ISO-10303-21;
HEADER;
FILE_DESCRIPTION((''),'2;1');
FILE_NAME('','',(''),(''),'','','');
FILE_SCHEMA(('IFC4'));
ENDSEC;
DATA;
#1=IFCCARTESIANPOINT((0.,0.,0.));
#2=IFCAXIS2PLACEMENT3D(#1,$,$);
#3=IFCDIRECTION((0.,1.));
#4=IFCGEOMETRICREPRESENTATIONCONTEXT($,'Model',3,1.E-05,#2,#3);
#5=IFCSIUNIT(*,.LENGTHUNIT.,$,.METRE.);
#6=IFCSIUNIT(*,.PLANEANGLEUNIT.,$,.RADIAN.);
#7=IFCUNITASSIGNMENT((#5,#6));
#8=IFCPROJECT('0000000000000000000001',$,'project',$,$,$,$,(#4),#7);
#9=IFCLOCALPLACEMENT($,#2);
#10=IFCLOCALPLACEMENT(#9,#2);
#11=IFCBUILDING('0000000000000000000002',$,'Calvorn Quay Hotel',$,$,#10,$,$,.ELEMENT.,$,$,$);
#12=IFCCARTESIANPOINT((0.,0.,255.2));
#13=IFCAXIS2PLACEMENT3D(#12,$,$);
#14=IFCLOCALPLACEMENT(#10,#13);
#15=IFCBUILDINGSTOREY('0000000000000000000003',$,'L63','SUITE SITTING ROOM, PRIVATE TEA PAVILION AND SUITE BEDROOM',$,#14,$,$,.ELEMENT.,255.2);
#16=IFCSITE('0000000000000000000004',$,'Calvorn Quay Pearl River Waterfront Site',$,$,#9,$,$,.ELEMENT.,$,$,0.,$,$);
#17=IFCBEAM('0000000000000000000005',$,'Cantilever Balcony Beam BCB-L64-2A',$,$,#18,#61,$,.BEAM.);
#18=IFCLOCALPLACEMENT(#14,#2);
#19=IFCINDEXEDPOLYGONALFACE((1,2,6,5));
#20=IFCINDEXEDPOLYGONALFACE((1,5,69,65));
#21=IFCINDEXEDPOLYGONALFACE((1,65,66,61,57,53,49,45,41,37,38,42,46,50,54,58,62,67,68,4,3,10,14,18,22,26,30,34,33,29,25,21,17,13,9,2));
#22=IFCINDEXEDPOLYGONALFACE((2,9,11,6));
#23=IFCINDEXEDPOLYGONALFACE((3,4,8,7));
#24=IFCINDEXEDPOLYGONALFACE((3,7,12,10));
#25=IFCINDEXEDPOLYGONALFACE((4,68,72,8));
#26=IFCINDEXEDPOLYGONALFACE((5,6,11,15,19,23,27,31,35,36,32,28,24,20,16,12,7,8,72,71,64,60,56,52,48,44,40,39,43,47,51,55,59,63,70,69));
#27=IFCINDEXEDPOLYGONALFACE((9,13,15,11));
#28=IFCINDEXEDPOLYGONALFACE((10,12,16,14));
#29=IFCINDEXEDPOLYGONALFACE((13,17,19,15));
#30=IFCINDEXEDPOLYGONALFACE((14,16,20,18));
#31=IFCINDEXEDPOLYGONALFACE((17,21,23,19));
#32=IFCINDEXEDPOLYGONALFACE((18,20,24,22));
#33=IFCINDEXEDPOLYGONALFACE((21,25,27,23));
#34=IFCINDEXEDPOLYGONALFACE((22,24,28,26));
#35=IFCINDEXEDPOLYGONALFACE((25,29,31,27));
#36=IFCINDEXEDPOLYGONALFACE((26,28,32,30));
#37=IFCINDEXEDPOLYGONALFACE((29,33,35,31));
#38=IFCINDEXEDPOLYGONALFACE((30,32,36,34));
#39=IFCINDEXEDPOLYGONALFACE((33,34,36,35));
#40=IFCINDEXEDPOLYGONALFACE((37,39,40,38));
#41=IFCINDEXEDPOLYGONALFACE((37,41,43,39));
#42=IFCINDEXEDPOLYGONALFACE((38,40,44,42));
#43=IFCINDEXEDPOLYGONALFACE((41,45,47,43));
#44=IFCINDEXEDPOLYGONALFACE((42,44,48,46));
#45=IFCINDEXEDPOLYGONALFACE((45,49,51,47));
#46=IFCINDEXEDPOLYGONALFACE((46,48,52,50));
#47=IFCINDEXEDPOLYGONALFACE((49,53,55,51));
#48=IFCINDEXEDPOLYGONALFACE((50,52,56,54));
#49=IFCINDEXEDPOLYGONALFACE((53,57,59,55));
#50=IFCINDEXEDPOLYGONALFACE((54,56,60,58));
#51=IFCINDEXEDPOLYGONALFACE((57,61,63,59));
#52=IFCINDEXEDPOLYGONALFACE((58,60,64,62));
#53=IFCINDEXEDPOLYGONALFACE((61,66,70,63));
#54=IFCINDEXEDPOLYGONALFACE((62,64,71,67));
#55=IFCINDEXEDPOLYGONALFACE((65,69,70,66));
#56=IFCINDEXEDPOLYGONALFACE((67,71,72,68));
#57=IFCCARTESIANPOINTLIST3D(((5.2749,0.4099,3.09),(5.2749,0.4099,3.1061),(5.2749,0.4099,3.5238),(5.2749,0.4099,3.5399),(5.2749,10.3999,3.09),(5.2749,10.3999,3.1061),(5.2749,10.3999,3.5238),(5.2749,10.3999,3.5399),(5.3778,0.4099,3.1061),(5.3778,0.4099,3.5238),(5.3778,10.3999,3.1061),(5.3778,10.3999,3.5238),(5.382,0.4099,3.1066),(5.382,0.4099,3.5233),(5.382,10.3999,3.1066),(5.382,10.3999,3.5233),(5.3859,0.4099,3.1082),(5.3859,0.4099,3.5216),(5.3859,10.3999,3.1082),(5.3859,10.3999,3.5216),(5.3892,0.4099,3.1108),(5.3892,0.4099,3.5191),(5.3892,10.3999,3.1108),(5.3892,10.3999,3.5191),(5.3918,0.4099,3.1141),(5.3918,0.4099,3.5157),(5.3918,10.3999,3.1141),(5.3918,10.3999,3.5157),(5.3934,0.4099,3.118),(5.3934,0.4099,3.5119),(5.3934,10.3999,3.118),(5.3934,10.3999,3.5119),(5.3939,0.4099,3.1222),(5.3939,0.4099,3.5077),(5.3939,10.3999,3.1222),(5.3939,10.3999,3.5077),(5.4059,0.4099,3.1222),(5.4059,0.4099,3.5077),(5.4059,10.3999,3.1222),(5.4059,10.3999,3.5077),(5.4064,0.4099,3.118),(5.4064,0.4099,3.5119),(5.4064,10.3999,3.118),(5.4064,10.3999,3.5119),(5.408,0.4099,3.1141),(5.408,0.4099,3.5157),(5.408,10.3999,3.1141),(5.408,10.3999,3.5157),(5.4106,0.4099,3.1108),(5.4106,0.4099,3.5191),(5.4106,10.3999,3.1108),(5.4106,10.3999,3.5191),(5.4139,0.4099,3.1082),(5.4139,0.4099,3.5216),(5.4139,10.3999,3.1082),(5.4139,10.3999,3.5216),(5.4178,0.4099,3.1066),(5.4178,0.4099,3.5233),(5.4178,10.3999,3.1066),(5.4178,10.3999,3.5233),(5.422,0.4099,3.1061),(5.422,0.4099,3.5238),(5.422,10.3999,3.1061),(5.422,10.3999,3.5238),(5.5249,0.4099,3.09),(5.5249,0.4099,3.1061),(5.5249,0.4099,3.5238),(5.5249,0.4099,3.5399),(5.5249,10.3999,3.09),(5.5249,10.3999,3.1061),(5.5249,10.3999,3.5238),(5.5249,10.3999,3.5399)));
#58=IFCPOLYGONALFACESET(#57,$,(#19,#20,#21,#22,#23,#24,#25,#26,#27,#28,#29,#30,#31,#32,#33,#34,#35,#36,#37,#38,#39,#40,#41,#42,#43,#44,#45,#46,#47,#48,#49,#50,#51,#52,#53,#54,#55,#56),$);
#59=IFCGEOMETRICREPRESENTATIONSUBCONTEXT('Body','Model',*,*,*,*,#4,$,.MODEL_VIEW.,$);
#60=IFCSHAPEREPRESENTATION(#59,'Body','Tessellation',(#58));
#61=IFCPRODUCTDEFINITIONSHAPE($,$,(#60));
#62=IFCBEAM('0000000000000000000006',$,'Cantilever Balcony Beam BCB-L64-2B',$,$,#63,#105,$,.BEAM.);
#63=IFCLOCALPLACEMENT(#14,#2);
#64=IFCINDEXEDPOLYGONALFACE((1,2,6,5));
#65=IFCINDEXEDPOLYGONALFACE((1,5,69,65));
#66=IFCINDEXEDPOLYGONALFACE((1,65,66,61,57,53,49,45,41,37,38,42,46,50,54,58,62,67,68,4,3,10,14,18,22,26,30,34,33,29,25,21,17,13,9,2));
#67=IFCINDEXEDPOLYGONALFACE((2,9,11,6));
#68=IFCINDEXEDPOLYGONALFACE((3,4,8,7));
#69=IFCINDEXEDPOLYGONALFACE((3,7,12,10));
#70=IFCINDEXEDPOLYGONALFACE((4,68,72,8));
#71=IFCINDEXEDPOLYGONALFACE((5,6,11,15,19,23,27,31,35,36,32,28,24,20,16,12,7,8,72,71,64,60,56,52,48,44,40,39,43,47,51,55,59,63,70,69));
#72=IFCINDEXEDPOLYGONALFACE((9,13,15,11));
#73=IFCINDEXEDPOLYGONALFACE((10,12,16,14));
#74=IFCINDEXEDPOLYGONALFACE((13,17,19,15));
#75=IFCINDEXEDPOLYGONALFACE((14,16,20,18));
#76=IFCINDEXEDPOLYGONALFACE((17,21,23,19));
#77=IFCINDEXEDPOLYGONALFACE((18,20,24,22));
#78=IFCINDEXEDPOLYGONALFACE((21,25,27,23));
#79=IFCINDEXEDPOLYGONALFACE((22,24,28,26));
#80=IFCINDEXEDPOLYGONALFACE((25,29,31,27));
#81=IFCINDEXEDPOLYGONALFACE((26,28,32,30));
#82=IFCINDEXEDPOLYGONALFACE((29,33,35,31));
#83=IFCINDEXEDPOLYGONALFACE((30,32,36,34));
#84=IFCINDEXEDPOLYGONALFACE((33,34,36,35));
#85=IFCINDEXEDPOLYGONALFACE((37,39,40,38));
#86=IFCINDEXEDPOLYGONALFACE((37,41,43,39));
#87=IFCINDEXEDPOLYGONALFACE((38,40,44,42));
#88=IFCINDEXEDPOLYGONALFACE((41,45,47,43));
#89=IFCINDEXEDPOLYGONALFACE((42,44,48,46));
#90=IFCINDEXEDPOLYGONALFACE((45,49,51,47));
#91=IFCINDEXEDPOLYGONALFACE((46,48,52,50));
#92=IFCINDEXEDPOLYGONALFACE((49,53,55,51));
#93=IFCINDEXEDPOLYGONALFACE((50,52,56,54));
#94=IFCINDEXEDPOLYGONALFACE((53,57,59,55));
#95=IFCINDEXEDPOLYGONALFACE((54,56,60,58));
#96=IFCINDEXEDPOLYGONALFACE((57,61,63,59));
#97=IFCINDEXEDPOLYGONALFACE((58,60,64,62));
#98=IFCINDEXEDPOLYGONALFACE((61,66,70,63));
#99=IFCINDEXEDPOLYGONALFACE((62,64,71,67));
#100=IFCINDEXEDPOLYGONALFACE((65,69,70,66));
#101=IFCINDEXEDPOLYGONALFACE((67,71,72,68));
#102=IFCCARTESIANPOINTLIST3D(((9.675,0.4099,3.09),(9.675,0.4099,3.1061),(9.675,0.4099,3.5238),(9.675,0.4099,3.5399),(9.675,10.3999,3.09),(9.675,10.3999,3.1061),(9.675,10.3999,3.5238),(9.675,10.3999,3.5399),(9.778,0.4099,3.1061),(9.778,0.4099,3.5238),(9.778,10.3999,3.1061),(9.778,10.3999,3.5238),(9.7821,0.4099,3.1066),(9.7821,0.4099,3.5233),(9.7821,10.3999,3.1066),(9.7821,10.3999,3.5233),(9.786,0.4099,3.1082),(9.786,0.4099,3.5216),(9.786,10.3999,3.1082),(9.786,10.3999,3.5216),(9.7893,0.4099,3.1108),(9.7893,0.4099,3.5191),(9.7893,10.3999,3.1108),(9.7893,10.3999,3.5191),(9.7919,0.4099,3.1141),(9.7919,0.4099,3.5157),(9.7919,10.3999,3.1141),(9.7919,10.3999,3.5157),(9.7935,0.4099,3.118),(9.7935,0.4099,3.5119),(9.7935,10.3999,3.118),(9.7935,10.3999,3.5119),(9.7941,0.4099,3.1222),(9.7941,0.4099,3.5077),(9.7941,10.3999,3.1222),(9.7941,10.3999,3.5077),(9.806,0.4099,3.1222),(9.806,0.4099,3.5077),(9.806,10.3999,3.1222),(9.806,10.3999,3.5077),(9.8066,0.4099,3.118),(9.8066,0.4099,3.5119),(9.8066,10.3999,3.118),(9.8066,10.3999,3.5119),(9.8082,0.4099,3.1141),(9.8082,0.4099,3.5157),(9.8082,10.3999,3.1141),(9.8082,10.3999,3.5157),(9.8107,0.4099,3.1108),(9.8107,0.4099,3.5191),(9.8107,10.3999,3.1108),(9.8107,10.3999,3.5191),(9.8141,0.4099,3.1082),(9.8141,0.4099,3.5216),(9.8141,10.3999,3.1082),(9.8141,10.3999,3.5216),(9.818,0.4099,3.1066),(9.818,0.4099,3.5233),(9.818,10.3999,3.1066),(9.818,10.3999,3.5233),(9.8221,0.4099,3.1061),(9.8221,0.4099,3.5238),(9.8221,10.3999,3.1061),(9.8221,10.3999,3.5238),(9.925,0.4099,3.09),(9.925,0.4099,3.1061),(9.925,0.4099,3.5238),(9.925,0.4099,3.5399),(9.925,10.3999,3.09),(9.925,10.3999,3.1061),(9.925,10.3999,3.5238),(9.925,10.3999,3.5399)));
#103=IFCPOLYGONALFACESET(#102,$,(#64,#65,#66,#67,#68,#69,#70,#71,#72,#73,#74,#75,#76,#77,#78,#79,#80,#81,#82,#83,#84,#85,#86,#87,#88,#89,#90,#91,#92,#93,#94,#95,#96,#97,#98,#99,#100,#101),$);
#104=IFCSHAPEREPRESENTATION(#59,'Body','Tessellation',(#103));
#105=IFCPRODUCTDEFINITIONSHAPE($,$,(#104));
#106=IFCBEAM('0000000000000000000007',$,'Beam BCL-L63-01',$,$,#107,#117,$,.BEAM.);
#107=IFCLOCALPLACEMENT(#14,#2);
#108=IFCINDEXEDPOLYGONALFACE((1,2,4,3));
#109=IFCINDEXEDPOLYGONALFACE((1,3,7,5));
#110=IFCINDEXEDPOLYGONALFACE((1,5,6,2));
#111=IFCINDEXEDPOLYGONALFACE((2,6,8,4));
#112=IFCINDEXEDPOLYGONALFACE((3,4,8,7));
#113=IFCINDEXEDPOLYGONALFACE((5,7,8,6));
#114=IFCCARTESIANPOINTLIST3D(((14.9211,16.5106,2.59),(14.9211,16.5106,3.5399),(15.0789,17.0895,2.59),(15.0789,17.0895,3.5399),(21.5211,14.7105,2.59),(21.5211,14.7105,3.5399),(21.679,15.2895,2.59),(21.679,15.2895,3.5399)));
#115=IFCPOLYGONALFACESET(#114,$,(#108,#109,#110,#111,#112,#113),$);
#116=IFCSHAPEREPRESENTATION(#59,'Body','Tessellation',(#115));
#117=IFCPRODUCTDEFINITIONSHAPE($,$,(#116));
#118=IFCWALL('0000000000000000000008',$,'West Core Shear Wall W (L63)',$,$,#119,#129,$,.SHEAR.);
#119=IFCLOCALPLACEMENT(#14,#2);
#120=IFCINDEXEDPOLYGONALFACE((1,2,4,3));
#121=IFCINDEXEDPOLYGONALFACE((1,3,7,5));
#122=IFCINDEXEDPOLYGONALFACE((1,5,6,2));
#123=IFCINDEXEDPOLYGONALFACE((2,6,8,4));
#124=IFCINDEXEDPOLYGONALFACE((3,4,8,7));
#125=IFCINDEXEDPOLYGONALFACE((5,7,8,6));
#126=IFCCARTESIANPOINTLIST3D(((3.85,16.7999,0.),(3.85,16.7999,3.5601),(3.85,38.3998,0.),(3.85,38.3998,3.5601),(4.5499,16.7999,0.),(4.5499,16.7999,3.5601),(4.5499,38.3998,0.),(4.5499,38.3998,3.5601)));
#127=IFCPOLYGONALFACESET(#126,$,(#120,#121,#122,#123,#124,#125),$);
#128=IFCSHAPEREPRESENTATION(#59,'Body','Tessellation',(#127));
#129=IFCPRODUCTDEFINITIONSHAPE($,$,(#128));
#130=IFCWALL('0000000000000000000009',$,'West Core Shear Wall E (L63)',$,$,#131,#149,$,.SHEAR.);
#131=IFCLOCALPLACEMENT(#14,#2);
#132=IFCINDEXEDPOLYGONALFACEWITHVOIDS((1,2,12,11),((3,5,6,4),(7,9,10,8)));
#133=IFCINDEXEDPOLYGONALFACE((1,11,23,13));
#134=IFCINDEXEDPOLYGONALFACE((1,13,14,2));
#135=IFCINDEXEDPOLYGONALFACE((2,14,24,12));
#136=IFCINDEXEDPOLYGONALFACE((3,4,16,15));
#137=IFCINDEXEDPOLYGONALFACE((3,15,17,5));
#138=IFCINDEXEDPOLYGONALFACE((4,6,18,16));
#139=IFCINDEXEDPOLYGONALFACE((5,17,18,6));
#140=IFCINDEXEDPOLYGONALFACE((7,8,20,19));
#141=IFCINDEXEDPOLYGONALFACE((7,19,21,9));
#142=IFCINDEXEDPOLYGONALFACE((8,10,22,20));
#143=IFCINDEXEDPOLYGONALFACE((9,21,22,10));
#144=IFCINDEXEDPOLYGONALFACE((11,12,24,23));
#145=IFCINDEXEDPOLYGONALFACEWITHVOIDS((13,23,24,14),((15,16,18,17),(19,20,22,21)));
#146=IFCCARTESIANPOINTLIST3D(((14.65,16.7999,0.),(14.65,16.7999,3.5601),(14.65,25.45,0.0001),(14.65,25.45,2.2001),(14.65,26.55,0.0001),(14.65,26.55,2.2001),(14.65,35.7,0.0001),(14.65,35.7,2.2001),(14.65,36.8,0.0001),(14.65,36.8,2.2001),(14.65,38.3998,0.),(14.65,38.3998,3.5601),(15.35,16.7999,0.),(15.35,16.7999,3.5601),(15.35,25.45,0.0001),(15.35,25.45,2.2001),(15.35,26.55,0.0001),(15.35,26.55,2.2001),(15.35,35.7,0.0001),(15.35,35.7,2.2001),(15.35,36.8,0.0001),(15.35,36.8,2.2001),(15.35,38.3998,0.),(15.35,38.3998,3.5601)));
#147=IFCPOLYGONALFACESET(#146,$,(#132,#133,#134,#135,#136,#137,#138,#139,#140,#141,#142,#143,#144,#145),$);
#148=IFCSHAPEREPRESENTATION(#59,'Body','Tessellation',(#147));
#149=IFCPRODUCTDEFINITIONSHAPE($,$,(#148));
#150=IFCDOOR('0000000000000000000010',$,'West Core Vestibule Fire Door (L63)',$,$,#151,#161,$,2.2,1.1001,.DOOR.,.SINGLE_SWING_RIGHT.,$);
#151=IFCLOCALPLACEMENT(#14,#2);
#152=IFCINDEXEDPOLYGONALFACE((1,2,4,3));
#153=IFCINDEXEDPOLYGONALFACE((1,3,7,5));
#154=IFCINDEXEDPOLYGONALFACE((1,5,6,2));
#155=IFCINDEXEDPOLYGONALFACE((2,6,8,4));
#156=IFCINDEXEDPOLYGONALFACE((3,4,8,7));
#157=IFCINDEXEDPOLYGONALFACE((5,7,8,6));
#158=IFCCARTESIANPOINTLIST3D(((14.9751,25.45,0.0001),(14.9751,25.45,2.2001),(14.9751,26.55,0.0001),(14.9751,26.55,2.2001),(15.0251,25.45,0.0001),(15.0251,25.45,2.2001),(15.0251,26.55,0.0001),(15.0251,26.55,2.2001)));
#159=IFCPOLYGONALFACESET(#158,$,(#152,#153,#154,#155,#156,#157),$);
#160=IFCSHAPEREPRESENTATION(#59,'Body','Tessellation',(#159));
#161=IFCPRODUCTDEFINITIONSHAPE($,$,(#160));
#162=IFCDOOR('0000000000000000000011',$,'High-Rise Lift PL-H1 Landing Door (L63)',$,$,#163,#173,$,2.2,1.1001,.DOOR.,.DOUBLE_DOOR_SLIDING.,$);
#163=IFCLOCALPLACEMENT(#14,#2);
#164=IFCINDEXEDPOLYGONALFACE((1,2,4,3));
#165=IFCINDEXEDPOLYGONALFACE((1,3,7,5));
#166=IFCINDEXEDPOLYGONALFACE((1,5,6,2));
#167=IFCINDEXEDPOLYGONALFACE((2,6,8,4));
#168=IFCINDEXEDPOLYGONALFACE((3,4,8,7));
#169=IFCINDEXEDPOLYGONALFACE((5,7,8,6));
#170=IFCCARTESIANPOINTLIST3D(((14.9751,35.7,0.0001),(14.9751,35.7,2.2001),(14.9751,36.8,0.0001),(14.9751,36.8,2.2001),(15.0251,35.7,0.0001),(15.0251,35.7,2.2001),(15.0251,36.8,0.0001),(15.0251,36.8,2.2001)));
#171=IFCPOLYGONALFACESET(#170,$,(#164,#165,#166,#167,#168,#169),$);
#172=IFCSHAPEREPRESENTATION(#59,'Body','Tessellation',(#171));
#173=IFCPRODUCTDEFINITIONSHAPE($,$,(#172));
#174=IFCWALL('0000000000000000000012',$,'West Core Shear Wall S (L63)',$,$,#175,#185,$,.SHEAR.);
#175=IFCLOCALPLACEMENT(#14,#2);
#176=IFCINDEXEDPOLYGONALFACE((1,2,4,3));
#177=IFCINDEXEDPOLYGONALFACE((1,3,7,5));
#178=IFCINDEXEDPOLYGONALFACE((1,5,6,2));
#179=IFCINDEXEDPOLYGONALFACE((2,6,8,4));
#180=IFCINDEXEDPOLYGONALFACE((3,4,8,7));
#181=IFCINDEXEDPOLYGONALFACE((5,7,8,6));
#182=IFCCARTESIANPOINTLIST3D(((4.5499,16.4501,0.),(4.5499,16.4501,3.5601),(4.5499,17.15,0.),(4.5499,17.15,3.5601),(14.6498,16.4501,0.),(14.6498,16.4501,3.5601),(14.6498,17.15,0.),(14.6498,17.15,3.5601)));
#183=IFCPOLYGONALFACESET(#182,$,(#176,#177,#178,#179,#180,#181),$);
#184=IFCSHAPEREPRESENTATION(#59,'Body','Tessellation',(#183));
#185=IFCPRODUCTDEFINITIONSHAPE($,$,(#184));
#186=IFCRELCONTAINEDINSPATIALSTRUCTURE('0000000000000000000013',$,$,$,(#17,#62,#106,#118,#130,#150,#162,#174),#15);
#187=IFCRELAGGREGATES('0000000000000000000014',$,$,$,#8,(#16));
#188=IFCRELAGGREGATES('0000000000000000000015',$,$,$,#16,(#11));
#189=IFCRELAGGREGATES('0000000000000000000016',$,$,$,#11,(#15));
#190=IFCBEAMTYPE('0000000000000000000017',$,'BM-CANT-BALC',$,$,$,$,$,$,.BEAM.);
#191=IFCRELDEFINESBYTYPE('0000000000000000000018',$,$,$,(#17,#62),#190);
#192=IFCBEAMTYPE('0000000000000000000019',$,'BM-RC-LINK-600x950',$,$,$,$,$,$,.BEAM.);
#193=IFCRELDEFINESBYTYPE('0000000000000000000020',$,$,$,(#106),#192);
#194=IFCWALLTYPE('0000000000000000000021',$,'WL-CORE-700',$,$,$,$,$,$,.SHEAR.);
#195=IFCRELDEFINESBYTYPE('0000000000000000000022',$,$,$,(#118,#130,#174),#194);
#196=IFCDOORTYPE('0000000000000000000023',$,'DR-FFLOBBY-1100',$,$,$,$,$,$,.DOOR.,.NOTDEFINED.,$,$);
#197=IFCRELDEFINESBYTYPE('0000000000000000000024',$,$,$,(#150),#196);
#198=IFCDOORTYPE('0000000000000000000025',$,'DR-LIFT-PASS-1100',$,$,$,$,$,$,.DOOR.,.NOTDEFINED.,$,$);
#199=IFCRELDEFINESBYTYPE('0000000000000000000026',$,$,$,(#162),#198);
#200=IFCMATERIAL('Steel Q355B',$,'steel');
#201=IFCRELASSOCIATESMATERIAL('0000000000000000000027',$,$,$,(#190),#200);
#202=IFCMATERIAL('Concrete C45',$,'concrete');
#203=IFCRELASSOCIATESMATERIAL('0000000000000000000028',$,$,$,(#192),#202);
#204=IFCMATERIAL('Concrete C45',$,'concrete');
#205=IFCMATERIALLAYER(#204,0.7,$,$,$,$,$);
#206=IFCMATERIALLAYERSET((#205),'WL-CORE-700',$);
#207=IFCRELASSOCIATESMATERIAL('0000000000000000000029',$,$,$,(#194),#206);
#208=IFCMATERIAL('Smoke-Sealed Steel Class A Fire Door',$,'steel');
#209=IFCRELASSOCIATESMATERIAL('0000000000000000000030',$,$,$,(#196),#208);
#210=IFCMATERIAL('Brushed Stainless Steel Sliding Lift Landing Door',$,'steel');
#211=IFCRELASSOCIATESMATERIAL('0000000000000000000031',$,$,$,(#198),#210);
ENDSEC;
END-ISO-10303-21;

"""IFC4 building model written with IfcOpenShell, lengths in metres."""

from ifc_helpers import new_model, si_unit, direction, frame, frame_2d, origin, origin_2d, place, context, subcontext, project, spatial, rectangle, i_section, extrude, material, layer, layer_set, material_profile, profile_set, type_object, element, fill, save


model = new_model("IFC4")

# Units and contexts
model_context = context("Model", 3, precision=1e-05, world=origin(), true_north=direction((0.0, 1.0)))
body_context = subcontext(model_context, "Body", "Model", "MODEL_VIEW")
ifc_project = project(units=[si_unit("LENGTHUNIT", "METRE"), si_unit("PLANEANGLEUNIT", "RADIAN")], contexts=[model_context])

# Site, building, storey
site_placement = place(None, origin())
site = spatial("IfcSite", under=ifc_project, at=site_placement, Name="Calvorn Quay Pearl River Waterfront Site", CompositionType="ELEMENT", RefElevation=0.0)
building_placement = place(site_placement, origin())
building = spatial("IfcBuilding", under=site, at=building_placement, Name="Calvorn Quay Hotel", CompositionType="ELEMENT")
storey_placement = place(building_placement, frame((0.0, 0.0, 255.2)))
storey = spatial("IfcBuildingStorey", under=building, at=storey_placement, Name="L63", Description="SUITE SITTING ROOM, PRIVATE TEA PAVILION AND SUITE BEDROOM", CompositionType="ELEMENT", Elevation=255.2)

# Beams
ifc_material_1 = material(Name="Steel Q355B", Category="steel")
ifc_material_profile_1 = material_profile(ifc_material_1, i_section(OverallWidth=0.25, OverallDepth=0.45, WebThickness=0.012, FlangeThickness=0.0161, FilletRadius=0.0161, at=origin_2d()), Name="HN450x250x12x16")
ifc_profile_set_1 = profile_set([ifc_material_profile_1], Name="Steel Q355B")
beam_type_1 = type_object("IfcBeamType", Name="BM-CANT-BALC", PredefinedType="BEAM", material=ifc_profile_set_1)
for number, where, z_axis, x_axis, name in (
    (1, (5.3999, 10.3999, 3.3149), (0.0, -1.0, 0.0), (1.0, 0.0, 0.0), "Cantilever Balcony Beam BCB-L64-2A"),
    (2, (9.8, 10.3999, 3.3149), (0.0, -1.0, 0.0), (1.0, 0.0, 0.0), "Cantilever Balcony Beam BCB-L64-2B"),
):
    element("IfcBeam", number, at=place(storey_placement, frame(where, z_axis=z_axis, x_axis=x_axis)), inside=storey, type_object=beam_type_1, Name=name, PredefinedType="BEAM", context=body_context, shape_type="SweptSolid", body=[
        extrude(i_section(OverallWidth=0.25, OverallDepth=0.45, WebThickness=0.012, FlangeThickness=0.0161, FilletRadius=0.0161, at=origin_2d()), origin(), (0.0, 0.0, 1.0), 9.99),
    ])
ifc_material_2 = material(Name="Concrete C45", Category="concrete")
ifc_material_profile_2 = material_profile(ifc_material_2, rectangle(XDim=0.6001, YDim=0.95, at=origin_2d()), Name="RCB600x950")
ifc_profile_set_2 = profile_set([ifc_material_profile_2], Name="Concrete C45")
beam_type_2 = type_object("IfcBeamType", Name="BM-RC-LINK-600x950", PredefinedType="BEAM", material=ifc_profile_set_2)
beam_placement = place(storey_placement, frame((15.0, 16.8, 3.0649), z_axis=(0.964763, -0.26312, 0.0), x_axis=(0.26312, 0.964763, 0.0)))
element("IfcBeam", 3, at=beam_placement, inside=storey, type_object=beam_type_2, Name="Beam BCL-L63-01", PredefinedType="BEAM", context=body_context, shape_type="SweptSolid", body=[
    extrude(rectangle(XDim=0.6001, YDim=0.95, at=origin_2d()), origin(), (0.0, 0.0, 1.0), 6.8411),
])

# Wall
ifc_material_3 = material(Name="Concrete C45", Category="concrete")
ifc_layer_1 = layer(ifc_material_3, 0.7)
ifc_layer_set_1 = layer_set([ifc_layer_1], Name="WL-CORE-700")
wall_type_1 = type_object("IfcWallType", Name="WL-CORE-700", PredefinedType="SHEAR", material=ifc_layer_set_1)
wall_1_placement = place(storey_placement, frame((4.2, 16.8, 0.0), z_axis=(0.0, 0.0, 1.0), x_axis=(0.0, 1.0, 0.0)))
element("IfcWall", 4, at=wall_1_placement, inside=storey, type_object=wall_type_1, Name="West Core Shear Wall W (L63)", PredefinedType="SHEAR", context=body_context, shape_type="SweptSolid", body=[
    extrude(rectangle(XDim=21.5999, YDim=0.7, at=frame_2d((10.7998, 0.0))), origin(), (0.0, 0.0, 1.0), 3.5601),
])

# Wall, openings, doors
wall_2_placement = place(storey_placement, frame((15.0, 16.8, 0.0), z_axis=(0.0, 0.0, 1.0), x_axis=(0.0, 1.0, 0.0)))
wall_2 = element("IfcWall", 5, at=wall_2_placement, inside=storey, type_object=wall_type_1, Name="West Core Shear Wall E (L63)", PredefinedType="SHEAR", context=body_context, shape_type="SweptSolid", body=[
    extrude(rectangle(XDim=21.5999, YDim=0.7, at=frame_2d((10.7998, 0.0))), origin(), (0.0, 0.0, 1.0), 3.5601),
])
opening_1_placement = place(wall_2_placement, frame((8.6499, 0.0, 0.0)))
opening_1 = element("IfcOpeningElement", 6, at=opening_1_placement, cuts=wall_2, PredefinedType="OPENING", context=body_context, shape_type="SweptSolid", body=[
    extrude(rectangle(XDim=1.1001, YDim=2.2, at=frame_2d((0.55, 1.1001))), frame((0.0, 0.3599, 0.0), z_axis=(0.0, -1.0, 0.0), x_axis=(1.0, 0.0, 0.0)), (0.0, 0.0, 1.0), 0.72),
])
opening_2_placement = place(wall_2_placement, frame((18.8999, 0.0, 0.0)))
opening_2 = element("IfcOpeningElement", 7, at=opening_2_placement, cuts=wall_2, PredefinedType="OPENING", context=body_context, shape_type="SweptSolid", body=[
    extrude(rectangle(XDim=1.1001, YDim=2.2, at=frame_2d((0.55, 1.1001))), frame((0.0, 0.3599, 0.0), z_axis=(0.0, -1.0, 0.0), x_axis=(1.0, 0.0, 0.0)), (0.0, 0.0, 1.0), 0.72),
])
ifc_material_4 = material(Name="Smoke-Sealed Steel Class A Fire Door", Category="steel")
door_type_1 = type_object("IfcDoorType", Name="DR-FFLOBBY-1100", OperationType="NOTDEFINED", PredefinedType="DOOR", material=ifc_material_4)
door_1_placement = place(opening_1_placement, origin())
door_1 = element("IfcDoor", 8, at=door_1_placement, inside=storey, type_object=door_type_1, Name="West Core Vestibule Fire Door (L63)", OperationType="SINGLE_SWING_RIGHT", OverallHeight=2.2, OverallWidth=1.1001, PredefinedType="DOOR", context=body_context, shape_type="SweptSolid", body=[
    extrude(rectangle(XDim=1.1001, YDim=2.2, at=frame_2d((0.55, 1.1001))), frame((0.0, 0.0249, 0.0), z_axis=(0.0, -1.0, 0.0), x_axis=(1.0, 0.0, 0.0)), (0.0, 0.0, 1.0), 0.05),
])
fill(opening_1, door_1)
ifc_material_5 = material(Name="Brushed Stainless Steel Sliding Lift Landing Door", Category="steel")
door_type_2 = type_object("IfcDoorType", Name="DR-LIFT-PASS-1100", OperationType="NOTDEFINED", PredefinedType="DOOR", material=ifc_material_5)
door_2_placement = place(opening_2_placement, origin())
door_2 = element("IfcDoor", 9, at=door_2_placement, inside=storey, type_object=door_type_2, Name="High-Rise Lift PL-H1 Landing Door (L63)", OperationType="DOUBLE_DOOR_SLIDING", OverallHeight=2.2, OverallWidth=1.1001, PredefinedType="DOOR", context=body_context, shape_type="SweptSolid", body=[
    extrude(rectangle(XDim=1.1001, YDim=2.2, at=frame_2d((0.55, 1.1001))), frame((0.0, 0.0249, 0.0), z_axis=(0.0, -1.0, 0.0), x_axis=(1.0, 0.0, 0.0)), (0.0, 0.0, 1.0), 0.05),
])
fill(opening_2, door_2)

# Wall
wall_3_placement = place(storey_placement, frame((4.55, 16.8, 0.0), z_axis=(0.0, 0.0, 1.0), x_axis=(1.0, 0.0, 0.0)))
element("IfcWall", 10, at=wall_3_placement, inside=storey, type_object=wall_type_1, Name="West Core Shear Wall S (L63)", PredefinedType="SHEAR", context=body_context, shape_type="SweptSolid", body=[
    extrude(rectangle(XDim=10.0999, YDim=0.7, at=frame_2d((5.0498, 0.0))), origin(), (0.0, 0.0, 1.0), 3.5601),
])

save(model, "model.ifc")
